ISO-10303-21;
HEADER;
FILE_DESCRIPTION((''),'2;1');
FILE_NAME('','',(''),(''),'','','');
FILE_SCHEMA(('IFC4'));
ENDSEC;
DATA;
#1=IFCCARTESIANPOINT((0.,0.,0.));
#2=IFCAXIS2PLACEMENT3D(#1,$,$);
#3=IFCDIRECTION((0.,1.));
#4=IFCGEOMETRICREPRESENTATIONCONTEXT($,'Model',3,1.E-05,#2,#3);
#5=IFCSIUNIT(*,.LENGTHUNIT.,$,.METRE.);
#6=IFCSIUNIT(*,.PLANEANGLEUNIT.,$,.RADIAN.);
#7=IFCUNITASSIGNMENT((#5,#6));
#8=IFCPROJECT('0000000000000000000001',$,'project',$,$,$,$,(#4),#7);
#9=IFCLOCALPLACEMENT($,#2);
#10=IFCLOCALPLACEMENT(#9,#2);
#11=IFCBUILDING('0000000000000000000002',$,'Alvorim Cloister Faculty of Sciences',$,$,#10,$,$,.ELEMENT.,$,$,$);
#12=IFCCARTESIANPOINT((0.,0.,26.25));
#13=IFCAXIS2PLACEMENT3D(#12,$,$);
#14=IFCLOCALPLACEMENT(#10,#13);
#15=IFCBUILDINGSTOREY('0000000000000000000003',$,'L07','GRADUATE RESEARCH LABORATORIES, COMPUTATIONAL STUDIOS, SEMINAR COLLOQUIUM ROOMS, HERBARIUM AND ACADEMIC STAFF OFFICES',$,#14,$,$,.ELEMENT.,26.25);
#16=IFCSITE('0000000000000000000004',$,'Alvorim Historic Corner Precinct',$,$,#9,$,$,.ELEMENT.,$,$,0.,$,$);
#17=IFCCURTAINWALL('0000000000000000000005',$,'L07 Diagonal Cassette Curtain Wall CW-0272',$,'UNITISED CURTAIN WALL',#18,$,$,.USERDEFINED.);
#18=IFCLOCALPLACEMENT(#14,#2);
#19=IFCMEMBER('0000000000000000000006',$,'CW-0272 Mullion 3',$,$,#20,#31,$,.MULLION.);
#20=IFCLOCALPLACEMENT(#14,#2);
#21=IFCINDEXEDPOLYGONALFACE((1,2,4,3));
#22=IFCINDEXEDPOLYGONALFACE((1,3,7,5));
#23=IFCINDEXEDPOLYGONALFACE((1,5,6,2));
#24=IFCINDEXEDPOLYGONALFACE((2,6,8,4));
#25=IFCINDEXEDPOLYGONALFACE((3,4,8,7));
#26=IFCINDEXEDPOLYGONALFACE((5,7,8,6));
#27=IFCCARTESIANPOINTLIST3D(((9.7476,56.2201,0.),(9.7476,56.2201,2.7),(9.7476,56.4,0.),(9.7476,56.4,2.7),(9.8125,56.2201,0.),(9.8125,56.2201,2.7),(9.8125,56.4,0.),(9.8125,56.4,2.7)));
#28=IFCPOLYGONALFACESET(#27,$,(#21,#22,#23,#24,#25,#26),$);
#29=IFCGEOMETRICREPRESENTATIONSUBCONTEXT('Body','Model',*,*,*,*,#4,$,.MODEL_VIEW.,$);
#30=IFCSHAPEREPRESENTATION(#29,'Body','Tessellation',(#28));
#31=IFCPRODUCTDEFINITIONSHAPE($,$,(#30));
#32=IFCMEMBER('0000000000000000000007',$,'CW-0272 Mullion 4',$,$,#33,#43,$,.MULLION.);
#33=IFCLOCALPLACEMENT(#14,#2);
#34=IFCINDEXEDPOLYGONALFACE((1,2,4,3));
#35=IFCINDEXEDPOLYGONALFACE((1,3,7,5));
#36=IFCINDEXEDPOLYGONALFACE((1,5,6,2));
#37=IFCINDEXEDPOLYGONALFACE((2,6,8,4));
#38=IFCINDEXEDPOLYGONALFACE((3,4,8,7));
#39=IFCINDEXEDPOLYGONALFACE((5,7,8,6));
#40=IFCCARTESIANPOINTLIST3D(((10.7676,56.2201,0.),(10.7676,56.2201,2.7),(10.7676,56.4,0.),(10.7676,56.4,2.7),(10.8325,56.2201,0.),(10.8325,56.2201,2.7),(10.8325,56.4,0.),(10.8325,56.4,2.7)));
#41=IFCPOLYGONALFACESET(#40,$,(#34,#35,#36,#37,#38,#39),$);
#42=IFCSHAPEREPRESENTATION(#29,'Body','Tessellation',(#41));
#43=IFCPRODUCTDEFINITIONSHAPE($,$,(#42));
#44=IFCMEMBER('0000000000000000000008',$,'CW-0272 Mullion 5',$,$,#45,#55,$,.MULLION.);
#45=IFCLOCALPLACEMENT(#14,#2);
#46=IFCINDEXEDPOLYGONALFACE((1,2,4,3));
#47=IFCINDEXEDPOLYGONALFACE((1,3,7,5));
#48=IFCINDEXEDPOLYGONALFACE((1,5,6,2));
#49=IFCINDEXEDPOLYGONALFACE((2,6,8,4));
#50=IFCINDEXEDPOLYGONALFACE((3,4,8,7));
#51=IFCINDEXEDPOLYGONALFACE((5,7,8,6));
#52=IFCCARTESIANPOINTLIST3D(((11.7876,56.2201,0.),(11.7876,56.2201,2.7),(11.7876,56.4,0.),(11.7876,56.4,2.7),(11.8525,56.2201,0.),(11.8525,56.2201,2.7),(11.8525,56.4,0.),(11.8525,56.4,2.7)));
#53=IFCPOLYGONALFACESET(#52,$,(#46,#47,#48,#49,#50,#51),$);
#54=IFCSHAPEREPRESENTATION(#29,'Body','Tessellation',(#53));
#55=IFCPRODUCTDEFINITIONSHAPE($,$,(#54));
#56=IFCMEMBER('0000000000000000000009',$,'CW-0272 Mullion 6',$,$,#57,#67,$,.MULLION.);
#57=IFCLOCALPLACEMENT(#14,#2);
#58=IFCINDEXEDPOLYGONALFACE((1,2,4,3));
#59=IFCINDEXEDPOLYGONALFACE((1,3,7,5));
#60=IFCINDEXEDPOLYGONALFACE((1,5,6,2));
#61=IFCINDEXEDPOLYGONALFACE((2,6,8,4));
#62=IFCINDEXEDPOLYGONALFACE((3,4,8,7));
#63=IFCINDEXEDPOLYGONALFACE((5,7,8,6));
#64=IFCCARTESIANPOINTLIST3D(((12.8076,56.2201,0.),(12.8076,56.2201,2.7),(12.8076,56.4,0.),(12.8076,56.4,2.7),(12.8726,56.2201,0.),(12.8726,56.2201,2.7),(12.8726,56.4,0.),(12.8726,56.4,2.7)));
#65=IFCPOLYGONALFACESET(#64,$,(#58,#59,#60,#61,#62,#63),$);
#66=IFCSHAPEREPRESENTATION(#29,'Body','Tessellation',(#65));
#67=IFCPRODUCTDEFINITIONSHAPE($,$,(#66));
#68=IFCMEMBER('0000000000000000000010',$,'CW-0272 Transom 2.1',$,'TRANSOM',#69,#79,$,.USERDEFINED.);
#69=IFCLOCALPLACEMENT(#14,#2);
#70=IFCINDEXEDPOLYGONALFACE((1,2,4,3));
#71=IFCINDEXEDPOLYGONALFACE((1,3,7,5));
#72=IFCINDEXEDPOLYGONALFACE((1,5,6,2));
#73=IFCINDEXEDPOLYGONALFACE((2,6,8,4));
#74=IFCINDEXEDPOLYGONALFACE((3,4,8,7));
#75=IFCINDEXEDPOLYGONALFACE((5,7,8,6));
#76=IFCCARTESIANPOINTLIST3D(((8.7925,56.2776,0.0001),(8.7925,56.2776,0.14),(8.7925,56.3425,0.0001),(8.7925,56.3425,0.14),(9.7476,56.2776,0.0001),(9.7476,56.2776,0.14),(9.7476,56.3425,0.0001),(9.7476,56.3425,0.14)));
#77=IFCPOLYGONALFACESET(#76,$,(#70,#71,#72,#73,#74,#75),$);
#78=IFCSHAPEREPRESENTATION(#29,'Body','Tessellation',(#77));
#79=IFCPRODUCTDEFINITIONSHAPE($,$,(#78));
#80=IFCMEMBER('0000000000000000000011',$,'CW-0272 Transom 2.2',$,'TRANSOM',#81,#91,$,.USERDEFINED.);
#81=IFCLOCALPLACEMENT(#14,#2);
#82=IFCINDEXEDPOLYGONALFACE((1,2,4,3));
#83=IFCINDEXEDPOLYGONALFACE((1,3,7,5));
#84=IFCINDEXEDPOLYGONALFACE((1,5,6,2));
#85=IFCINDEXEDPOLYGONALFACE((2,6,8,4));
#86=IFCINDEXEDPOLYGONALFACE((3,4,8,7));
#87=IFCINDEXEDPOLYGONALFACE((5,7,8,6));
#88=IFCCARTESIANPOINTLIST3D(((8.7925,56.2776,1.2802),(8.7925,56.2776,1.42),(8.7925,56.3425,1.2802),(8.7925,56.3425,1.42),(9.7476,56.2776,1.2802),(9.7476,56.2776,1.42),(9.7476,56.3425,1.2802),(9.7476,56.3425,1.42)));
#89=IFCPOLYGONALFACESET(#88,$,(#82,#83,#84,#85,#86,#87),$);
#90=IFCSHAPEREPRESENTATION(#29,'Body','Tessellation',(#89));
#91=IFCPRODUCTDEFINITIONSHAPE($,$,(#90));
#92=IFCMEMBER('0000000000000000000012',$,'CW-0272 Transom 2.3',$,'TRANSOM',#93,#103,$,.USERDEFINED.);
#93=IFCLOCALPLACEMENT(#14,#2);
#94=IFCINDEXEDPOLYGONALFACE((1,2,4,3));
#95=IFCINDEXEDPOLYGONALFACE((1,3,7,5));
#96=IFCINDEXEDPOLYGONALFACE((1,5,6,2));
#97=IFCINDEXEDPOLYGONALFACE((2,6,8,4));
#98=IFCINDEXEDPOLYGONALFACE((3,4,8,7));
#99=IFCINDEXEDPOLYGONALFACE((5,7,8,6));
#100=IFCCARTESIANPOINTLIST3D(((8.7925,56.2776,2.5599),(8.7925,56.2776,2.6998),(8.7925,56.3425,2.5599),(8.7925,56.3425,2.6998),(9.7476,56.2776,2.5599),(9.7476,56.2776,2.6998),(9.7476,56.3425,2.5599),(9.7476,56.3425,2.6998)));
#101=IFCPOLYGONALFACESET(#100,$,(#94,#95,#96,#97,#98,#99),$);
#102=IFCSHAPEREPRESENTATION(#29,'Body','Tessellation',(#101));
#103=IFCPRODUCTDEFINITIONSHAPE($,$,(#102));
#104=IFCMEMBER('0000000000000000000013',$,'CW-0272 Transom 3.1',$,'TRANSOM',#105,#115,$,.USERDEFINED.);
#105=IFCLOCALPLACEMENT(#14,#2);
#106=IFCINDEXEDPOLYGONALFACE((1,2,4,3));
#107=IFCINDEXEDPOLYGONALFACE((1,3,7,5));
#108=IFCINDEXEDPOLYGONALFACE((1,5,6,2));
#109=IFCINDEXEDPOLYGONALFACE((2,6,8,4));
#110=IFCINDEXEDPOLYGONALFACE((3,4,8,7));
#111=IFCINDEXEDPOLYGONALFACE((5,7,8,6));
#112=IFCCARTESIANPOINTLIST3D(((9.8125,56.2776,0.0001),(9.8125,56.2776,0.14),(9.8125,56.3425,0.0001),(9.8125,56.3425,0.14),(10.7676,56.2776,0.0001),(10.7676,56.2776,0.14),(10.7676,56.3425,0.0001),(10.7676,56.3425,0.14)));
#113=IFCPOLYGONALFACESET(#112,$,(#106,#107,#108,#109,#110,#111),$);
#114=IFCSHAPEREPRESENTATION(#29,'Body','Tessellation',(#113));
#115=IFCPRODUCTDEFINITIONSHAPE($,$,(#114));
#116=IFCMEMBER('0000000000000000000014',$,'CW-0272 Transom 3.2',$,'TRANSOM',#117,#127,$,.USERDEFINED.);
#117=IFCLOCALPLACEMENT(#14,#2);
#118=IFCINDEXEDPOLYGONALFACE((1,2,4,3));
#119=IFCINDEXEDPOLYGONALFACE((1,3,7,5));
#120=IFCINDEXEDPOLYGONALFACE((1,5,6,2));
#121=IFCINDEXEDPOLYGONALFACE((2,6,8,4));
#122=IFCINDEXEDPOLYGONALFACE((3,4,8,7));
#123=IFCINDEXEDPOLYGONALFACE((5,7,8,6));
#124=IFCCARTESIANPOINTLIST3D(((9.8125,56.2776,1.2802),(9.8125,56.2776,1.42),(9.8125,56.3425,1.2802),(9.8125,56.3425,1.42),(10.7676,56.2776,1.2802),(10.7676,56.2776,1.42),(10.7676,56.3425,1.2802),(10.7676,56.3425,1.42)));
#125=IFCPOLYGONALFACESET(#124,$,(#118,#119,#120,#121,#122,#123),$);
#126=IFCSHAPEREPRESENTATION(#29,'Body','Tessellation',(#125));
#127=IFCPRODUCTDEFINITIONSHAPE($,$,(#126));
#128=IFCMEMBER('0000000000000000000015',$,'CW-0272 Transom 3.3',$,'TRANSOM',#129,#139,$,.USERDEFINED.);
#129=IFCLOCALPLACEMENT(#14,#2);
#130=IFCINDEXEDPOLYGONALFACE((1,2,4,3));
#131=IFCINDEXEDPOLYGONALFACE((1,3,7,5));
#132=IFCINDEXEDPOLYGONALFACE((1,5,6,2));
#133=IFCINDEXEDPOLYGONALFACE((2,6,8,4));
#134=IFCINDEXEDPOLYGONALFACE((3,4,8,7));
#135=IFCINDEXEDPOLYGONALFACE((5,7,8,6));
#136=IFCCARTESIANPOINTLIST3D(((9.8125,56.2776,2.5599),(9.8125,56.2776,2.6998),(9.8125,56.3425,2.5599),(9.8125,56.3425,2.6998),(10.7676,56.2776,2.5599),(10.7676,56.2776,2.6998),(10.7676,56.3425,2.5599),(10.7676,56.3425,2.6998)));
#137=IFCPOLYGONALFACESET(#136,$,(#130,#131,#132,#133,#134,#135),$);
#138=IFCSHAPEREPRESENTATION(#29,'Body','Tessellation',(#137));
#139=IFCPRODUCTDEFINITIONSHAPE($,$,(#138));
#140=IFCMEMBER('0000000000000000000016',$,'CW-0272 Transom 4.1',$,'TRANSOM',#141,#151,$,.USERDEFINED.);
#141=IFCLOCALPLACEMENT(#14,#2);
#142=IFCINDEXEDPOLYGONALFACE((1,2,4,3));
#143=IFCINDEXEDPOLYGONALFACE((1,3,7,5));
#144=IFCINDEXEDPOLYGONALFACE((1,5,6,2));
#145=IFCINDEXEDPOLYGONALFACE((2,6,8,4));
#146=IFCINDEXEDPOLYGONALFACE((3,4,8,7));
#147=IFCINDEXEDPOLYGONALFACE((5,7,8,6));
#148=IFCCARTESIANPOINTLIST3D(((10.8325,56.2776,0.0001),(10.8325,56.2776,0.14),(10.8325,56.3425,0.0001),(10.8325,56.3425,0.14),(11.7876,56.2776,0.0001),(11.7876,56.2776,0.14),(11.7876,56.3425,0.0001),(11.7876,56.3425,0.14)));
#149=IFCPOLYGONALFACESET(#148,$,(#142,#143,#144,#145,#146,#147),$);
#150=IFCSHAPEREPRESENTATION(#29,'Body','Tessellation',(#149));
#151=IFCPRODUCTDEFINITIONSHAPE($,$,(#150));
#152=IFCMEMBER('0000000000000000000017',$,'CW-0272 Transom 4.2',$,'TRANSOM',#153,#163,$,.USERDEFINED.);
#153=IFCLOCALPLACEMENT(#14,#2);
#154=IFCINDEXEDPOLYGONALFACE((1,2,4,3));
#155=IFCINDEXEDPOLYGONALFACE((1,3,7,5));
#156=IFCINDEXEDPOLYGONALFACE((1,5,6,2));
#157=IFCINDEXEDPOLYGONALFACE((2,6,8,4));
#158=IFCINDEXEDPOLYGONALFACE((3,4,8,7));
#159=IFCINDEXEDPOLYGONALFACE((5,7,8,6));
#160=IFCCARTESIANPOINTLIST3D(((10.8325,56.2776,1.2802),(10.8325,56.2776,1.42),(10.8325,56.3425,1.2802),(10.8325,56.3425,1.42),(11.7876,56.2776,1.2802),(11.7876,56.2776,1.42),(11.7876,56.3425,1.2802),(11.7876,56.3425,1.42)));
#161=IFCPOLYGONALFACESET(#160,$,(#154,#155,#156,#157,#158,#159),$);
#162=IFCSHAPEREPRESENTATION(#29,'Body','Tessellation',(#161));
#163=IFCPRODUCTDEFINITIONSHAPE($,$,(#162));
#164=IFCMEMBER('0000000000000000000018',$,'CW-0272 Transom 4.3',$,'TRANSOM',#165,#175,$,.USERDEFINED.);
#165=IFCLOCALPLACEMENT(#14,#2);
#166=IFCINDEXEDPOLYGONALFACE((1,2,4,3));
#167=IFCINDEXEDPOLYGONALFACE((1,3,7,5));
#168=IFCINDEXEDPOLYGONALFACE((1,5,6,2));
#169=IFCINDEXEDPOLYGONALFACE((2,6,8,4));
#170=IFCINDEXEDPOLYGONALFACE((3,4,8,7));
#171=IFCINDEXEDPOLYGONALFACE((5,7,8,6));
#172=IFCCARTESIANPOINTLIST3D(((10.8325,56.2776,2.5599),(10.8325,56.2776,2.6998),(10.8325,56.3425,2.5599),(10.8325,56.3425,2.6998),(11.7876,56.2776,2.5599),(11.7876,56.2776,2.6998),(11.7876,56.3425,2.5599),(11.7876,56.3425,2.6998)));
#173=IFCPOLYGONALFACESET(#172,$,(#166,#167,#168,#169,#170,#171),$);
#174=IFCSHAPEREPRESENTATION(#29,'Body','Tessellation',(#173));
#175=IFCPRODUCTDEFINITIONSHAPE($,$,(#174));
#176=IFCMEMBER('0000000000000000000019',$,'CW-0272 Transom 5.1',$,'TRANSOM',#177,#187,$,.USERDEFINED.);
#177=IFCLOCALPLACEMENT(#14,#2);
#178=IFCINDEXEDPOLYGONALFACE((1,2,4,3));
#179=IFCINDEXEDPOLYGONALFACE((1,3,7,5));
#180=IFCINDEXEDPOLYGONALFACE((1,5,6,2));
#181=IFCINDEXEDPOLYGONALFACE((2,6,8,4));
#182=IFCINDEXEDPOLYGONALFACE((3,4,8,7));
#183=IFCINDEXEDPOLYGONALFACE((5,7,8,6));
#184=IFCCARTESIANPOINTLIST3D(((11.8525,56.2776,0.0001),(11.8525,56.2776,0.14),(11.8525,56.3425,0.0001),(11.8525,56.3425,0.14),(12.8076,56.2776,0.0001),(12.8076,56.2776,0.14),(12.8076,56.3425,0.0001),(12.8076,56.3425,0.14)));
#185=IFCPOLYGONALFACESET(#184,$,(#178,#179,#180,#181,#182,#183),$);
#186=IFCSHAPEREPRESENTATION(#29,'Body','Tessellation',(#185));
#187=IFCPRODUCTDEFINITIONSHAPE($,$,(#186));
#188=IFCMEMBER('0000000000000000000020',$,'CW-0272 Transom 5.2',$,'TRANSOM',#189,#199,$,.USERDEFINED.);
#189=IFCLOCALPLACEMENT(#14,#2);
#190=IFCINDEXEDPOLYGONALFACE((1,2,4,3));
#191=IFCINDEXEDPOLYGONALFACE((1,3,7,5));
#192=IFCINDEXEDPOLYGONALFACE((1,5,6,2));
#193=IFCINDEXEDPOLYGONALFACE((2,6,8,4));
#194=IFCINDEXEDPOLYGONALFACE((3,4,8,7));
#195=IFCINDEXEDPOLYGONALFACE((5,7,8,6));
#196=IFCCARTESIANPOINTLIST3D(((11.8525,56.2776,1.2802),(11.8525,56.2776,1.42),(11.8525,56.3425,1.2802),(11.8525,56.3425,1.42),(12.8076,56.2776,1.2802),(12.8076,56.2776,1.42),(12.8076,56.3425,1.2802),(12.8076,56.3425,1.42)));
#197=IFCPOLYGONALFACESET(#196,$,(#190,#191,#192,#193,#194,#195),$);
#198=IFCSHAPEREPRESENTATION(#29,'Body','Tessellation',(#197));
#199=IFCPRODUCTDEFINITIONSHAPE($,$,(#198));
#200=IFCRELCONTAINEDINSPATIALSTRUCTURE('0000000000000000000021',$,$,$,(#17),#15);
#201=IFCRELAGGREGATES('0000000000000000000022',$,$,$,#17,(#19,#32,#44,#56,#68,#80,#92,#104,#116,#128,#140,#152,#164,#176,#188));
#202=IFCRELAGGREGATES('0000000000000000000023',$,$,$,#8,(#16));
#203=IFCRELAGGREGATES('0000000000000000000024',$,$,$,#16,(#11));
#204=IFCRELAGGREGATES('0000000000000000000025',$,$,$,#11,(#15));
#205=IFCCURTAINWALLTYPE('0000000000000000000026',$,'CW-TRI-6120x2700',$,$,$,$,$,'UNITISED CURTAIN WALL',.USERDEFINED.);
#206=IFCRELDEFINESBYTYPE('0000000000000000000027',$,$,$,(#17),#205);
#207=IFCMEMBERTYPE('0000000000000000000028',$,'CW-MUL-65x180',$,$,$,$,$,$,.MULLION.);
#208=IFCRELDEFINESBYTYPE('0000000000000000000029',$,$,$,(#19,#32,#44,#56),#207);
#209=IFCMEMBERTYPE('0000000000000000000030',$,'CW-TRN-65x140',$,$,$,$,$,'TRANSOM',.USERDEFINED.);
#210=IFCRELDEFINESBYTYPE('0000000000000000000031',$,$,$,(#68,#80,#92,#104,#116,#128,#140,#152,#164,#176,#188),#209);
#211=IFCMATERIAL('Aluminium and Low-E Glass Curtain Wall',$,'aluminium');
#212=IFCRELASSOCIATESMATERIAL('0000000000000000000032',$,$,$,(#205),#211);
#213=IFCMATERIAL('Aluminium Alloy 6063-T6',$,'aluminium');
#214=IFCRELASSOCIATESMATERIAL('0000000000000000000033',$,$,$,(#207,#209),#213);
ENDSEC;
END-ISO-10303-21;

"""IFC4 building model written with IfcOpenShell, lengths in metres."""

from ifc_helpers import new_model, si_unit, direction, frame, origin, origin_2d, place, context, subcontext, project, spatial, rectangle, extrude, material, material_profile, profile_set, type_object, element, aggregate, save


model = new_model("IFC4")

# Units and contexts
model_context = context("Model", 3, precision=1e-05, world=origin(), true_north=direction((0.0, 1.0)))
body_context = subcontext(model_context, "Body", "Model", "MODEL_VIEW")
ifc_project = project(units=[si_unit("LENGTHUNIT", "METRE"), si_unit("PLANEANGLEUNIT", "RADIAN")], contexts=[model_context])

# Site, building, storey
site_placement = place(None, origin())
site = spatial("IfcSite", under=ifc_project, at=site_placement, Name="Alvorim Historic Corner Precinct", CompositionType="ELEMENT", RefElevation=0.0)
building_placement = place(site_placement, origin())
building = spatial("IfcBuilding", under=site, at=building_placement, Name="Alvorim Cloister Faculty of Sciences", CompositionType="ELEMENT")
storey_placement = place(building_placement, frame((0.0, 0.0, 26.25)))
storey = spatial("IfcBuildingStorey", under=building, at=storey_placement, Name="L07", Description="GRADUATE RESEARCH LABORATORIES, COMPUTATIONAL STUDIOS, SEMINAR COLLOQUIUM ROOMS, HERBARIUM AND ACADEMIC STAFF OFFICES", CompositionType="ELEMENT", Elevation=26.25)

# Curtain wall, members
ifc_material_1 = material(Name="Aluminium and Low-E Glass Curtain Wall", Category="aluminium")
curtain_wall_type = type_object("IfcCurtainWallType", Name="CW-TRI-6120x2700", ElementType="UNITISED CURTAIN WALL", PredefinedType="USERDEFINED", material=ifc_material_1)
curtain_wall_placement = place(storey_placement, origin())
curtain_wall = element("IfcCurtainWall", 1, at=curtain_wall_placement, inside=storey, type_object=curtain_wall_type, Name="L07 Diagonal Cassette Curtain Wall CW-0272", ObjectType="UNITISED CURTAIN WALL", PredefinedType="USERDEFINED")
ifc_material_2 = material(Name="Aluminium Alloy 6063-T6", Category="aluminium")
ifc_material_profile_1 = material_profile(ifc_material_2, rectangle(XDim=0.0649, YDim=0.1799, at=origin_2d()), Name="ALU-MUL-65x180")
ifc_profile_set_1 = profile_set([ifc_material_profile_1], Name="Aluminium Alloy 6063-T6")
member_type_1 = type_object("IfcMemberType", Name="CW-MUL-65x180", PredefinedType="MULLION", material=ifc_profile_set_1)
member_1_placement = place(storey_placement, frame((9.78, 56.3101, 0.0), z_axis=(0.0, 0.0, 1.0), x_axis=(1.0, 0.0, 0.0)))
member_1 = element("IfcMember", 2, at=member_1_placement, type_object=member_type_1, Name="CW-0272 Mullion 3", PredefinedType="MULLION", context=body_context, shape_type="SweptSolid", body=[
    extrude(rectangle(XDim=0.0649, YDim=0.1799, at=origin_2d()), origin(), (0.0, 0.0, 1.0), 2.7),
])
member_2_placement = place(storey_placement, frame((10.8, 56.3101, 0.0), z_axis=(0.0, 0.0, 1.0), x_axis=(1.0, 0.0, 0.0)))
member_2 = element("IfcMember", 3, at=member_2_placement, type_object=member_type_1, Name="CW-0272 Mullion 4", PredefinedType="MULLION", context=body_context, shape_type="SweptSolid", body=[
    extrude(rectangle(XDim=0.0649, YDim=0.1799, at=origin_2d()), origin(), (0.0, 0.0, 1.0), 2.7),
])
member_3_placement = place(storey_placement, frame((11.8201, 56.3101, 0.0), z_axis=(0.0, 0.0, 1.0), x_axis=(1.0, 0.0, 0.0)))
member_3 = element("IfcMember", 4, at=member_3_placement, type_object=member_type_1, Name="CW-0272 Mullion 5", PredefinedType="MULLION", context=body_context, shape_type="SweptSolid", body=[
    extrude(rectangle(XDim=0.0649, YDim=0.1799, at=origin_2d()), origin(), (0.0, 0.0, 1.0), 2.7),
])
member_4_placement = place(storey_placement, frame((12.8401, 56.3101, 0.0), z_axis=(0.0, 0.0, 1.0), x_axis=(1.0, 0.0, 0.0)))
member_4 = element("IfcMember", 5, at=member_4_placement, type_object=member_type_1, Name="CW-0272 Mullion 6", PredefinedType="MULLION", context=body_context, shape_type="SweptSolid", body=[
    extrude(rectangle(XDim=0.0649, YDim=0.1799, at=origin_2d()), origin(), (0.0, 0.0, 1.0), 2.7),
])
ifc_material_profile_2 = material_profile(ifc_material_2, rectangle(XDim=0.0649, YDim=0.1399, at=origin_2d()), Name="ALU-TRN-65x140")
ifc_profile_set_2 = profile_set([ifc_material_profile_2], Name="Aluminium Alloy 6063-T6")
member_type_2 = type_object("IfcMemberType", Name="CW-TRN-65x140", ElementType="TRANSOM", PredefinedType="USERDEFINED", material=ifc_profile_set_2)
member_5_placement = place(storey_placement, frame((8.7925, 56.3101, 0.0701), z_axis=(1.0, 0.0, 0.0), x_axis=(0.0, 1.0, 0.0)))
member_5 = element("IfcMember", 6, at=member_5_placement, type_object=member_type_2, Name="CW-0272 Transom 2.1", ObjectType="TRANSOM", PredefinedType="USERDEFINED", context=body_context, shape_type="SweptSolid", body=[
    extrude(rectangle(XDim=0.0649, YDim=0.1399, at=origin_2d()), origin(), (0.0, 0.0, 1.0), 0.9551),
])
member_6_placement = place(storey_placement, frame((8.7925, 56.3101, 1.3501), z_axis=(1.0, 0.0, 0.0), x_axis=(0.0, 1.0, 0.0)))
member_6 = element("IfcMember", 7, at=member_6_placement, type_object=member_type_2, Name="CW-0272 Transom 2.2", ObjectType="TRANSOM", PredefinedType="USERDEFINED", context=body_context, shape_type="SweptSolid", body=[
    extrude(rectangle(XDim=0.0649, YDim=0.1399, at=origin_2d()), origin(), (0.0, 0.0, 1.0), 0.9551),
])
member_7_placement = place(storey_placement, frame((8.7925, 56.3101, 2.6299), z_axis=(1.0, 0.0, 0.0), x_axis=(0.0, 1.0, 0.0)))
member_7 = element("IfcMember", 8, at=member_7_placement, type_object=member_type_2, Name="CW-0272 Transom 2.3", ObjectType="TRANSOM", PredefinedType="USERDEFINED", context=body_context, shape_type="SweptSolid", body=[
    extrude(rectangle(XDim=0.0649, YDim=0.1399, at=origin_2d()), origin(), (0.0, 0.0, 1.0), 0.9551),
])
member_8_placement = place(storey_placement, frame((9.8125, 56.3101, 0.0701), z_axis=(1.0, 0.0, 0.0), x_axis=(0.0, 1.0, 0.0)))
member_8 = element("IfcMember", 9, at=member_8_placement, type_object=member_type_2, Name="CW-0272 Transom 3.1", ObjectType="TRANSOM", PredefinedType="USERDEFINED", context=body_context, shape_type="SweptSolid", body=[
    extrude(rectangle(XDim=0.0649, YDim=0.1399, at=origin_2d()), origin(), (0.0, 0.0, 1.0), 0.9551),
])
member_9_placement = place(storey_placement, frame((9.8125, 56.3101, 1.3501), z_axis=(1.0, 0.0, 0.0), x_axis=(0.0, 1.0, 0.0)))
member_9 = element("IfcMember", 10, at=member_9_placement, type_object=member_type_2, Name="CW-0272 Transom 3.2", ObjectType="TRANSOM", PredefinedType="USERDEFINED", context=body_context, shape_type="SweptSolid", body=[
    extrude(rectangle(XDim=0.0649, YDim=0.1399, at=origin_2d()), origin(), (0.0, 0.0, 1.0), 0.9551),
])
member_10_placement = place(storey_placement, frame((9.8125, 56.3101, 2.6299), z_axis=(1.0, 0.0, 0.0), x_axis=(0.0, 1.0, 0.0)))
member_10 = element("IfcMember", 11, at=member_10_placement, type_object=member_type_2, Name="CW-0272 Transom 3.3", ObjectType="TRANSOM", PredefinedType="USERDEFINED", context=body_context, shape_type="SweptSolid", body=[
    extrude(rectangle(XDim=0.0649, YDim=0.1399, at=origin_2d()), origin(), (0.0, 0.0, 1.0), 0.9551),
])
member_11_placement = place(storey_placement, frame((10.8325, 56.3101, 0.0701), z_axis=(1.0, 0.0, 0.0), x_axis=(0.0, 1.0, 0.0)))
member_11 = element("IfcMember", 12, at=member_11_placement, type_object=member_type_2, Name="CW-0272 Transom 4.1", ObjectType="TRANSOM", PredefinedType="USERDEFINED", context=body_context, shape_type="SweptSolid", body=[
    extrude(rectangle(XDim=0.0649, YDim=0.1399, at=origin_2d()), origin(), (0.0, 0.0, 1.0), 0.9551),
])
member_12_placement = place(storey_placement, frame((10.8325, 56.3101, 1.3501), z_axis=(1.0, 0.0, 0.0), x_axis=(0.0, 1.0, 0.0)))
member_12 = element("IfcMember", 13, at=member_12_placement, type_object=member_type_2, Name="CW-0272 Transom 4.2", ObjectType="TRANSOM", PredefinedType="USERDEFINED", context=body_context, shape_type="SweptSolid", body=[
    extrude(rectangle(XDim=0.0649, YDim=0.1399, at=origin_2d()), origin(), (0.0, 0.0, 1.0), 0.9551),
])
member_13_placement = place(storey_placement, frame((10.8325, 56.3101, 2.6299), z_axis=(1.0, 0.0, 0.0), x_axis=(0.0, 1.0, 0.0)))
member_13 = element("IfcMember", 14, at=member_13_placement, type_object=member_type_2, Name="CW-0272 Transom 4.3", ObjectType="TRANSOM", PredefinedType="USERDEFINED", context=body_context, shape_type="SweptSolid", body=[
    extrude(rectangle(XDim=0.0649, YDim=0.1399, at=origin_2d()), origin(), (0.0, 0.0, 1.0), 0.9551),
])
member_14_placement = place(storey_placement, frame((11.8525, 56.3101, 0.0701), z_axis=(1.0, 0.0, 0.0), x_axis=(0.0, 1.0, 0.0)))
member_14 = element("IfcMember", 15, at=member_14_placement, type_object=member_type_2, Name="CW-0272 Transom 5.1", ObjectType="TRANSOM", PredefinedType="USERDEFINED", context=body_context, shape_type="SweptSolid", body=[
    extrude(rectangle(XDim=0.0649, YDim=0.1399, at=origin_2d()), origin(), (0.0, 0.0, 1.0), 0.9551),
])
member_15_placement = place(storey_placement, frame((11.8525, 56.3101, 1.3501), z_axis=(1.0, 0.0, 0.0), x_axis=(0.0, 1.0, 0.0)))
member_15 = element("IfcMember", 16, at=member_15_placement, type_object=member_type_2, Name="CW-0272 Transom 5.2", ObjectType="TRANSOM", PredefinedType="USERDEFINED", context=body_context, shape_type="SweptSolid", body=[
    extrude(rectangle(XDim=0.0649, YDim=0.1399, at=origin_2d()), origin(), (0.0, 0.0, 1.0), 0.9551),
])
aggregate(curtain_wall, [member_1, member_2, member_3, member_4, member_5, member_6, member_7, member_8, member_9, member_10, member_11, member_12, member_13, member_14, member_15])

save(model, "model.ifc")
